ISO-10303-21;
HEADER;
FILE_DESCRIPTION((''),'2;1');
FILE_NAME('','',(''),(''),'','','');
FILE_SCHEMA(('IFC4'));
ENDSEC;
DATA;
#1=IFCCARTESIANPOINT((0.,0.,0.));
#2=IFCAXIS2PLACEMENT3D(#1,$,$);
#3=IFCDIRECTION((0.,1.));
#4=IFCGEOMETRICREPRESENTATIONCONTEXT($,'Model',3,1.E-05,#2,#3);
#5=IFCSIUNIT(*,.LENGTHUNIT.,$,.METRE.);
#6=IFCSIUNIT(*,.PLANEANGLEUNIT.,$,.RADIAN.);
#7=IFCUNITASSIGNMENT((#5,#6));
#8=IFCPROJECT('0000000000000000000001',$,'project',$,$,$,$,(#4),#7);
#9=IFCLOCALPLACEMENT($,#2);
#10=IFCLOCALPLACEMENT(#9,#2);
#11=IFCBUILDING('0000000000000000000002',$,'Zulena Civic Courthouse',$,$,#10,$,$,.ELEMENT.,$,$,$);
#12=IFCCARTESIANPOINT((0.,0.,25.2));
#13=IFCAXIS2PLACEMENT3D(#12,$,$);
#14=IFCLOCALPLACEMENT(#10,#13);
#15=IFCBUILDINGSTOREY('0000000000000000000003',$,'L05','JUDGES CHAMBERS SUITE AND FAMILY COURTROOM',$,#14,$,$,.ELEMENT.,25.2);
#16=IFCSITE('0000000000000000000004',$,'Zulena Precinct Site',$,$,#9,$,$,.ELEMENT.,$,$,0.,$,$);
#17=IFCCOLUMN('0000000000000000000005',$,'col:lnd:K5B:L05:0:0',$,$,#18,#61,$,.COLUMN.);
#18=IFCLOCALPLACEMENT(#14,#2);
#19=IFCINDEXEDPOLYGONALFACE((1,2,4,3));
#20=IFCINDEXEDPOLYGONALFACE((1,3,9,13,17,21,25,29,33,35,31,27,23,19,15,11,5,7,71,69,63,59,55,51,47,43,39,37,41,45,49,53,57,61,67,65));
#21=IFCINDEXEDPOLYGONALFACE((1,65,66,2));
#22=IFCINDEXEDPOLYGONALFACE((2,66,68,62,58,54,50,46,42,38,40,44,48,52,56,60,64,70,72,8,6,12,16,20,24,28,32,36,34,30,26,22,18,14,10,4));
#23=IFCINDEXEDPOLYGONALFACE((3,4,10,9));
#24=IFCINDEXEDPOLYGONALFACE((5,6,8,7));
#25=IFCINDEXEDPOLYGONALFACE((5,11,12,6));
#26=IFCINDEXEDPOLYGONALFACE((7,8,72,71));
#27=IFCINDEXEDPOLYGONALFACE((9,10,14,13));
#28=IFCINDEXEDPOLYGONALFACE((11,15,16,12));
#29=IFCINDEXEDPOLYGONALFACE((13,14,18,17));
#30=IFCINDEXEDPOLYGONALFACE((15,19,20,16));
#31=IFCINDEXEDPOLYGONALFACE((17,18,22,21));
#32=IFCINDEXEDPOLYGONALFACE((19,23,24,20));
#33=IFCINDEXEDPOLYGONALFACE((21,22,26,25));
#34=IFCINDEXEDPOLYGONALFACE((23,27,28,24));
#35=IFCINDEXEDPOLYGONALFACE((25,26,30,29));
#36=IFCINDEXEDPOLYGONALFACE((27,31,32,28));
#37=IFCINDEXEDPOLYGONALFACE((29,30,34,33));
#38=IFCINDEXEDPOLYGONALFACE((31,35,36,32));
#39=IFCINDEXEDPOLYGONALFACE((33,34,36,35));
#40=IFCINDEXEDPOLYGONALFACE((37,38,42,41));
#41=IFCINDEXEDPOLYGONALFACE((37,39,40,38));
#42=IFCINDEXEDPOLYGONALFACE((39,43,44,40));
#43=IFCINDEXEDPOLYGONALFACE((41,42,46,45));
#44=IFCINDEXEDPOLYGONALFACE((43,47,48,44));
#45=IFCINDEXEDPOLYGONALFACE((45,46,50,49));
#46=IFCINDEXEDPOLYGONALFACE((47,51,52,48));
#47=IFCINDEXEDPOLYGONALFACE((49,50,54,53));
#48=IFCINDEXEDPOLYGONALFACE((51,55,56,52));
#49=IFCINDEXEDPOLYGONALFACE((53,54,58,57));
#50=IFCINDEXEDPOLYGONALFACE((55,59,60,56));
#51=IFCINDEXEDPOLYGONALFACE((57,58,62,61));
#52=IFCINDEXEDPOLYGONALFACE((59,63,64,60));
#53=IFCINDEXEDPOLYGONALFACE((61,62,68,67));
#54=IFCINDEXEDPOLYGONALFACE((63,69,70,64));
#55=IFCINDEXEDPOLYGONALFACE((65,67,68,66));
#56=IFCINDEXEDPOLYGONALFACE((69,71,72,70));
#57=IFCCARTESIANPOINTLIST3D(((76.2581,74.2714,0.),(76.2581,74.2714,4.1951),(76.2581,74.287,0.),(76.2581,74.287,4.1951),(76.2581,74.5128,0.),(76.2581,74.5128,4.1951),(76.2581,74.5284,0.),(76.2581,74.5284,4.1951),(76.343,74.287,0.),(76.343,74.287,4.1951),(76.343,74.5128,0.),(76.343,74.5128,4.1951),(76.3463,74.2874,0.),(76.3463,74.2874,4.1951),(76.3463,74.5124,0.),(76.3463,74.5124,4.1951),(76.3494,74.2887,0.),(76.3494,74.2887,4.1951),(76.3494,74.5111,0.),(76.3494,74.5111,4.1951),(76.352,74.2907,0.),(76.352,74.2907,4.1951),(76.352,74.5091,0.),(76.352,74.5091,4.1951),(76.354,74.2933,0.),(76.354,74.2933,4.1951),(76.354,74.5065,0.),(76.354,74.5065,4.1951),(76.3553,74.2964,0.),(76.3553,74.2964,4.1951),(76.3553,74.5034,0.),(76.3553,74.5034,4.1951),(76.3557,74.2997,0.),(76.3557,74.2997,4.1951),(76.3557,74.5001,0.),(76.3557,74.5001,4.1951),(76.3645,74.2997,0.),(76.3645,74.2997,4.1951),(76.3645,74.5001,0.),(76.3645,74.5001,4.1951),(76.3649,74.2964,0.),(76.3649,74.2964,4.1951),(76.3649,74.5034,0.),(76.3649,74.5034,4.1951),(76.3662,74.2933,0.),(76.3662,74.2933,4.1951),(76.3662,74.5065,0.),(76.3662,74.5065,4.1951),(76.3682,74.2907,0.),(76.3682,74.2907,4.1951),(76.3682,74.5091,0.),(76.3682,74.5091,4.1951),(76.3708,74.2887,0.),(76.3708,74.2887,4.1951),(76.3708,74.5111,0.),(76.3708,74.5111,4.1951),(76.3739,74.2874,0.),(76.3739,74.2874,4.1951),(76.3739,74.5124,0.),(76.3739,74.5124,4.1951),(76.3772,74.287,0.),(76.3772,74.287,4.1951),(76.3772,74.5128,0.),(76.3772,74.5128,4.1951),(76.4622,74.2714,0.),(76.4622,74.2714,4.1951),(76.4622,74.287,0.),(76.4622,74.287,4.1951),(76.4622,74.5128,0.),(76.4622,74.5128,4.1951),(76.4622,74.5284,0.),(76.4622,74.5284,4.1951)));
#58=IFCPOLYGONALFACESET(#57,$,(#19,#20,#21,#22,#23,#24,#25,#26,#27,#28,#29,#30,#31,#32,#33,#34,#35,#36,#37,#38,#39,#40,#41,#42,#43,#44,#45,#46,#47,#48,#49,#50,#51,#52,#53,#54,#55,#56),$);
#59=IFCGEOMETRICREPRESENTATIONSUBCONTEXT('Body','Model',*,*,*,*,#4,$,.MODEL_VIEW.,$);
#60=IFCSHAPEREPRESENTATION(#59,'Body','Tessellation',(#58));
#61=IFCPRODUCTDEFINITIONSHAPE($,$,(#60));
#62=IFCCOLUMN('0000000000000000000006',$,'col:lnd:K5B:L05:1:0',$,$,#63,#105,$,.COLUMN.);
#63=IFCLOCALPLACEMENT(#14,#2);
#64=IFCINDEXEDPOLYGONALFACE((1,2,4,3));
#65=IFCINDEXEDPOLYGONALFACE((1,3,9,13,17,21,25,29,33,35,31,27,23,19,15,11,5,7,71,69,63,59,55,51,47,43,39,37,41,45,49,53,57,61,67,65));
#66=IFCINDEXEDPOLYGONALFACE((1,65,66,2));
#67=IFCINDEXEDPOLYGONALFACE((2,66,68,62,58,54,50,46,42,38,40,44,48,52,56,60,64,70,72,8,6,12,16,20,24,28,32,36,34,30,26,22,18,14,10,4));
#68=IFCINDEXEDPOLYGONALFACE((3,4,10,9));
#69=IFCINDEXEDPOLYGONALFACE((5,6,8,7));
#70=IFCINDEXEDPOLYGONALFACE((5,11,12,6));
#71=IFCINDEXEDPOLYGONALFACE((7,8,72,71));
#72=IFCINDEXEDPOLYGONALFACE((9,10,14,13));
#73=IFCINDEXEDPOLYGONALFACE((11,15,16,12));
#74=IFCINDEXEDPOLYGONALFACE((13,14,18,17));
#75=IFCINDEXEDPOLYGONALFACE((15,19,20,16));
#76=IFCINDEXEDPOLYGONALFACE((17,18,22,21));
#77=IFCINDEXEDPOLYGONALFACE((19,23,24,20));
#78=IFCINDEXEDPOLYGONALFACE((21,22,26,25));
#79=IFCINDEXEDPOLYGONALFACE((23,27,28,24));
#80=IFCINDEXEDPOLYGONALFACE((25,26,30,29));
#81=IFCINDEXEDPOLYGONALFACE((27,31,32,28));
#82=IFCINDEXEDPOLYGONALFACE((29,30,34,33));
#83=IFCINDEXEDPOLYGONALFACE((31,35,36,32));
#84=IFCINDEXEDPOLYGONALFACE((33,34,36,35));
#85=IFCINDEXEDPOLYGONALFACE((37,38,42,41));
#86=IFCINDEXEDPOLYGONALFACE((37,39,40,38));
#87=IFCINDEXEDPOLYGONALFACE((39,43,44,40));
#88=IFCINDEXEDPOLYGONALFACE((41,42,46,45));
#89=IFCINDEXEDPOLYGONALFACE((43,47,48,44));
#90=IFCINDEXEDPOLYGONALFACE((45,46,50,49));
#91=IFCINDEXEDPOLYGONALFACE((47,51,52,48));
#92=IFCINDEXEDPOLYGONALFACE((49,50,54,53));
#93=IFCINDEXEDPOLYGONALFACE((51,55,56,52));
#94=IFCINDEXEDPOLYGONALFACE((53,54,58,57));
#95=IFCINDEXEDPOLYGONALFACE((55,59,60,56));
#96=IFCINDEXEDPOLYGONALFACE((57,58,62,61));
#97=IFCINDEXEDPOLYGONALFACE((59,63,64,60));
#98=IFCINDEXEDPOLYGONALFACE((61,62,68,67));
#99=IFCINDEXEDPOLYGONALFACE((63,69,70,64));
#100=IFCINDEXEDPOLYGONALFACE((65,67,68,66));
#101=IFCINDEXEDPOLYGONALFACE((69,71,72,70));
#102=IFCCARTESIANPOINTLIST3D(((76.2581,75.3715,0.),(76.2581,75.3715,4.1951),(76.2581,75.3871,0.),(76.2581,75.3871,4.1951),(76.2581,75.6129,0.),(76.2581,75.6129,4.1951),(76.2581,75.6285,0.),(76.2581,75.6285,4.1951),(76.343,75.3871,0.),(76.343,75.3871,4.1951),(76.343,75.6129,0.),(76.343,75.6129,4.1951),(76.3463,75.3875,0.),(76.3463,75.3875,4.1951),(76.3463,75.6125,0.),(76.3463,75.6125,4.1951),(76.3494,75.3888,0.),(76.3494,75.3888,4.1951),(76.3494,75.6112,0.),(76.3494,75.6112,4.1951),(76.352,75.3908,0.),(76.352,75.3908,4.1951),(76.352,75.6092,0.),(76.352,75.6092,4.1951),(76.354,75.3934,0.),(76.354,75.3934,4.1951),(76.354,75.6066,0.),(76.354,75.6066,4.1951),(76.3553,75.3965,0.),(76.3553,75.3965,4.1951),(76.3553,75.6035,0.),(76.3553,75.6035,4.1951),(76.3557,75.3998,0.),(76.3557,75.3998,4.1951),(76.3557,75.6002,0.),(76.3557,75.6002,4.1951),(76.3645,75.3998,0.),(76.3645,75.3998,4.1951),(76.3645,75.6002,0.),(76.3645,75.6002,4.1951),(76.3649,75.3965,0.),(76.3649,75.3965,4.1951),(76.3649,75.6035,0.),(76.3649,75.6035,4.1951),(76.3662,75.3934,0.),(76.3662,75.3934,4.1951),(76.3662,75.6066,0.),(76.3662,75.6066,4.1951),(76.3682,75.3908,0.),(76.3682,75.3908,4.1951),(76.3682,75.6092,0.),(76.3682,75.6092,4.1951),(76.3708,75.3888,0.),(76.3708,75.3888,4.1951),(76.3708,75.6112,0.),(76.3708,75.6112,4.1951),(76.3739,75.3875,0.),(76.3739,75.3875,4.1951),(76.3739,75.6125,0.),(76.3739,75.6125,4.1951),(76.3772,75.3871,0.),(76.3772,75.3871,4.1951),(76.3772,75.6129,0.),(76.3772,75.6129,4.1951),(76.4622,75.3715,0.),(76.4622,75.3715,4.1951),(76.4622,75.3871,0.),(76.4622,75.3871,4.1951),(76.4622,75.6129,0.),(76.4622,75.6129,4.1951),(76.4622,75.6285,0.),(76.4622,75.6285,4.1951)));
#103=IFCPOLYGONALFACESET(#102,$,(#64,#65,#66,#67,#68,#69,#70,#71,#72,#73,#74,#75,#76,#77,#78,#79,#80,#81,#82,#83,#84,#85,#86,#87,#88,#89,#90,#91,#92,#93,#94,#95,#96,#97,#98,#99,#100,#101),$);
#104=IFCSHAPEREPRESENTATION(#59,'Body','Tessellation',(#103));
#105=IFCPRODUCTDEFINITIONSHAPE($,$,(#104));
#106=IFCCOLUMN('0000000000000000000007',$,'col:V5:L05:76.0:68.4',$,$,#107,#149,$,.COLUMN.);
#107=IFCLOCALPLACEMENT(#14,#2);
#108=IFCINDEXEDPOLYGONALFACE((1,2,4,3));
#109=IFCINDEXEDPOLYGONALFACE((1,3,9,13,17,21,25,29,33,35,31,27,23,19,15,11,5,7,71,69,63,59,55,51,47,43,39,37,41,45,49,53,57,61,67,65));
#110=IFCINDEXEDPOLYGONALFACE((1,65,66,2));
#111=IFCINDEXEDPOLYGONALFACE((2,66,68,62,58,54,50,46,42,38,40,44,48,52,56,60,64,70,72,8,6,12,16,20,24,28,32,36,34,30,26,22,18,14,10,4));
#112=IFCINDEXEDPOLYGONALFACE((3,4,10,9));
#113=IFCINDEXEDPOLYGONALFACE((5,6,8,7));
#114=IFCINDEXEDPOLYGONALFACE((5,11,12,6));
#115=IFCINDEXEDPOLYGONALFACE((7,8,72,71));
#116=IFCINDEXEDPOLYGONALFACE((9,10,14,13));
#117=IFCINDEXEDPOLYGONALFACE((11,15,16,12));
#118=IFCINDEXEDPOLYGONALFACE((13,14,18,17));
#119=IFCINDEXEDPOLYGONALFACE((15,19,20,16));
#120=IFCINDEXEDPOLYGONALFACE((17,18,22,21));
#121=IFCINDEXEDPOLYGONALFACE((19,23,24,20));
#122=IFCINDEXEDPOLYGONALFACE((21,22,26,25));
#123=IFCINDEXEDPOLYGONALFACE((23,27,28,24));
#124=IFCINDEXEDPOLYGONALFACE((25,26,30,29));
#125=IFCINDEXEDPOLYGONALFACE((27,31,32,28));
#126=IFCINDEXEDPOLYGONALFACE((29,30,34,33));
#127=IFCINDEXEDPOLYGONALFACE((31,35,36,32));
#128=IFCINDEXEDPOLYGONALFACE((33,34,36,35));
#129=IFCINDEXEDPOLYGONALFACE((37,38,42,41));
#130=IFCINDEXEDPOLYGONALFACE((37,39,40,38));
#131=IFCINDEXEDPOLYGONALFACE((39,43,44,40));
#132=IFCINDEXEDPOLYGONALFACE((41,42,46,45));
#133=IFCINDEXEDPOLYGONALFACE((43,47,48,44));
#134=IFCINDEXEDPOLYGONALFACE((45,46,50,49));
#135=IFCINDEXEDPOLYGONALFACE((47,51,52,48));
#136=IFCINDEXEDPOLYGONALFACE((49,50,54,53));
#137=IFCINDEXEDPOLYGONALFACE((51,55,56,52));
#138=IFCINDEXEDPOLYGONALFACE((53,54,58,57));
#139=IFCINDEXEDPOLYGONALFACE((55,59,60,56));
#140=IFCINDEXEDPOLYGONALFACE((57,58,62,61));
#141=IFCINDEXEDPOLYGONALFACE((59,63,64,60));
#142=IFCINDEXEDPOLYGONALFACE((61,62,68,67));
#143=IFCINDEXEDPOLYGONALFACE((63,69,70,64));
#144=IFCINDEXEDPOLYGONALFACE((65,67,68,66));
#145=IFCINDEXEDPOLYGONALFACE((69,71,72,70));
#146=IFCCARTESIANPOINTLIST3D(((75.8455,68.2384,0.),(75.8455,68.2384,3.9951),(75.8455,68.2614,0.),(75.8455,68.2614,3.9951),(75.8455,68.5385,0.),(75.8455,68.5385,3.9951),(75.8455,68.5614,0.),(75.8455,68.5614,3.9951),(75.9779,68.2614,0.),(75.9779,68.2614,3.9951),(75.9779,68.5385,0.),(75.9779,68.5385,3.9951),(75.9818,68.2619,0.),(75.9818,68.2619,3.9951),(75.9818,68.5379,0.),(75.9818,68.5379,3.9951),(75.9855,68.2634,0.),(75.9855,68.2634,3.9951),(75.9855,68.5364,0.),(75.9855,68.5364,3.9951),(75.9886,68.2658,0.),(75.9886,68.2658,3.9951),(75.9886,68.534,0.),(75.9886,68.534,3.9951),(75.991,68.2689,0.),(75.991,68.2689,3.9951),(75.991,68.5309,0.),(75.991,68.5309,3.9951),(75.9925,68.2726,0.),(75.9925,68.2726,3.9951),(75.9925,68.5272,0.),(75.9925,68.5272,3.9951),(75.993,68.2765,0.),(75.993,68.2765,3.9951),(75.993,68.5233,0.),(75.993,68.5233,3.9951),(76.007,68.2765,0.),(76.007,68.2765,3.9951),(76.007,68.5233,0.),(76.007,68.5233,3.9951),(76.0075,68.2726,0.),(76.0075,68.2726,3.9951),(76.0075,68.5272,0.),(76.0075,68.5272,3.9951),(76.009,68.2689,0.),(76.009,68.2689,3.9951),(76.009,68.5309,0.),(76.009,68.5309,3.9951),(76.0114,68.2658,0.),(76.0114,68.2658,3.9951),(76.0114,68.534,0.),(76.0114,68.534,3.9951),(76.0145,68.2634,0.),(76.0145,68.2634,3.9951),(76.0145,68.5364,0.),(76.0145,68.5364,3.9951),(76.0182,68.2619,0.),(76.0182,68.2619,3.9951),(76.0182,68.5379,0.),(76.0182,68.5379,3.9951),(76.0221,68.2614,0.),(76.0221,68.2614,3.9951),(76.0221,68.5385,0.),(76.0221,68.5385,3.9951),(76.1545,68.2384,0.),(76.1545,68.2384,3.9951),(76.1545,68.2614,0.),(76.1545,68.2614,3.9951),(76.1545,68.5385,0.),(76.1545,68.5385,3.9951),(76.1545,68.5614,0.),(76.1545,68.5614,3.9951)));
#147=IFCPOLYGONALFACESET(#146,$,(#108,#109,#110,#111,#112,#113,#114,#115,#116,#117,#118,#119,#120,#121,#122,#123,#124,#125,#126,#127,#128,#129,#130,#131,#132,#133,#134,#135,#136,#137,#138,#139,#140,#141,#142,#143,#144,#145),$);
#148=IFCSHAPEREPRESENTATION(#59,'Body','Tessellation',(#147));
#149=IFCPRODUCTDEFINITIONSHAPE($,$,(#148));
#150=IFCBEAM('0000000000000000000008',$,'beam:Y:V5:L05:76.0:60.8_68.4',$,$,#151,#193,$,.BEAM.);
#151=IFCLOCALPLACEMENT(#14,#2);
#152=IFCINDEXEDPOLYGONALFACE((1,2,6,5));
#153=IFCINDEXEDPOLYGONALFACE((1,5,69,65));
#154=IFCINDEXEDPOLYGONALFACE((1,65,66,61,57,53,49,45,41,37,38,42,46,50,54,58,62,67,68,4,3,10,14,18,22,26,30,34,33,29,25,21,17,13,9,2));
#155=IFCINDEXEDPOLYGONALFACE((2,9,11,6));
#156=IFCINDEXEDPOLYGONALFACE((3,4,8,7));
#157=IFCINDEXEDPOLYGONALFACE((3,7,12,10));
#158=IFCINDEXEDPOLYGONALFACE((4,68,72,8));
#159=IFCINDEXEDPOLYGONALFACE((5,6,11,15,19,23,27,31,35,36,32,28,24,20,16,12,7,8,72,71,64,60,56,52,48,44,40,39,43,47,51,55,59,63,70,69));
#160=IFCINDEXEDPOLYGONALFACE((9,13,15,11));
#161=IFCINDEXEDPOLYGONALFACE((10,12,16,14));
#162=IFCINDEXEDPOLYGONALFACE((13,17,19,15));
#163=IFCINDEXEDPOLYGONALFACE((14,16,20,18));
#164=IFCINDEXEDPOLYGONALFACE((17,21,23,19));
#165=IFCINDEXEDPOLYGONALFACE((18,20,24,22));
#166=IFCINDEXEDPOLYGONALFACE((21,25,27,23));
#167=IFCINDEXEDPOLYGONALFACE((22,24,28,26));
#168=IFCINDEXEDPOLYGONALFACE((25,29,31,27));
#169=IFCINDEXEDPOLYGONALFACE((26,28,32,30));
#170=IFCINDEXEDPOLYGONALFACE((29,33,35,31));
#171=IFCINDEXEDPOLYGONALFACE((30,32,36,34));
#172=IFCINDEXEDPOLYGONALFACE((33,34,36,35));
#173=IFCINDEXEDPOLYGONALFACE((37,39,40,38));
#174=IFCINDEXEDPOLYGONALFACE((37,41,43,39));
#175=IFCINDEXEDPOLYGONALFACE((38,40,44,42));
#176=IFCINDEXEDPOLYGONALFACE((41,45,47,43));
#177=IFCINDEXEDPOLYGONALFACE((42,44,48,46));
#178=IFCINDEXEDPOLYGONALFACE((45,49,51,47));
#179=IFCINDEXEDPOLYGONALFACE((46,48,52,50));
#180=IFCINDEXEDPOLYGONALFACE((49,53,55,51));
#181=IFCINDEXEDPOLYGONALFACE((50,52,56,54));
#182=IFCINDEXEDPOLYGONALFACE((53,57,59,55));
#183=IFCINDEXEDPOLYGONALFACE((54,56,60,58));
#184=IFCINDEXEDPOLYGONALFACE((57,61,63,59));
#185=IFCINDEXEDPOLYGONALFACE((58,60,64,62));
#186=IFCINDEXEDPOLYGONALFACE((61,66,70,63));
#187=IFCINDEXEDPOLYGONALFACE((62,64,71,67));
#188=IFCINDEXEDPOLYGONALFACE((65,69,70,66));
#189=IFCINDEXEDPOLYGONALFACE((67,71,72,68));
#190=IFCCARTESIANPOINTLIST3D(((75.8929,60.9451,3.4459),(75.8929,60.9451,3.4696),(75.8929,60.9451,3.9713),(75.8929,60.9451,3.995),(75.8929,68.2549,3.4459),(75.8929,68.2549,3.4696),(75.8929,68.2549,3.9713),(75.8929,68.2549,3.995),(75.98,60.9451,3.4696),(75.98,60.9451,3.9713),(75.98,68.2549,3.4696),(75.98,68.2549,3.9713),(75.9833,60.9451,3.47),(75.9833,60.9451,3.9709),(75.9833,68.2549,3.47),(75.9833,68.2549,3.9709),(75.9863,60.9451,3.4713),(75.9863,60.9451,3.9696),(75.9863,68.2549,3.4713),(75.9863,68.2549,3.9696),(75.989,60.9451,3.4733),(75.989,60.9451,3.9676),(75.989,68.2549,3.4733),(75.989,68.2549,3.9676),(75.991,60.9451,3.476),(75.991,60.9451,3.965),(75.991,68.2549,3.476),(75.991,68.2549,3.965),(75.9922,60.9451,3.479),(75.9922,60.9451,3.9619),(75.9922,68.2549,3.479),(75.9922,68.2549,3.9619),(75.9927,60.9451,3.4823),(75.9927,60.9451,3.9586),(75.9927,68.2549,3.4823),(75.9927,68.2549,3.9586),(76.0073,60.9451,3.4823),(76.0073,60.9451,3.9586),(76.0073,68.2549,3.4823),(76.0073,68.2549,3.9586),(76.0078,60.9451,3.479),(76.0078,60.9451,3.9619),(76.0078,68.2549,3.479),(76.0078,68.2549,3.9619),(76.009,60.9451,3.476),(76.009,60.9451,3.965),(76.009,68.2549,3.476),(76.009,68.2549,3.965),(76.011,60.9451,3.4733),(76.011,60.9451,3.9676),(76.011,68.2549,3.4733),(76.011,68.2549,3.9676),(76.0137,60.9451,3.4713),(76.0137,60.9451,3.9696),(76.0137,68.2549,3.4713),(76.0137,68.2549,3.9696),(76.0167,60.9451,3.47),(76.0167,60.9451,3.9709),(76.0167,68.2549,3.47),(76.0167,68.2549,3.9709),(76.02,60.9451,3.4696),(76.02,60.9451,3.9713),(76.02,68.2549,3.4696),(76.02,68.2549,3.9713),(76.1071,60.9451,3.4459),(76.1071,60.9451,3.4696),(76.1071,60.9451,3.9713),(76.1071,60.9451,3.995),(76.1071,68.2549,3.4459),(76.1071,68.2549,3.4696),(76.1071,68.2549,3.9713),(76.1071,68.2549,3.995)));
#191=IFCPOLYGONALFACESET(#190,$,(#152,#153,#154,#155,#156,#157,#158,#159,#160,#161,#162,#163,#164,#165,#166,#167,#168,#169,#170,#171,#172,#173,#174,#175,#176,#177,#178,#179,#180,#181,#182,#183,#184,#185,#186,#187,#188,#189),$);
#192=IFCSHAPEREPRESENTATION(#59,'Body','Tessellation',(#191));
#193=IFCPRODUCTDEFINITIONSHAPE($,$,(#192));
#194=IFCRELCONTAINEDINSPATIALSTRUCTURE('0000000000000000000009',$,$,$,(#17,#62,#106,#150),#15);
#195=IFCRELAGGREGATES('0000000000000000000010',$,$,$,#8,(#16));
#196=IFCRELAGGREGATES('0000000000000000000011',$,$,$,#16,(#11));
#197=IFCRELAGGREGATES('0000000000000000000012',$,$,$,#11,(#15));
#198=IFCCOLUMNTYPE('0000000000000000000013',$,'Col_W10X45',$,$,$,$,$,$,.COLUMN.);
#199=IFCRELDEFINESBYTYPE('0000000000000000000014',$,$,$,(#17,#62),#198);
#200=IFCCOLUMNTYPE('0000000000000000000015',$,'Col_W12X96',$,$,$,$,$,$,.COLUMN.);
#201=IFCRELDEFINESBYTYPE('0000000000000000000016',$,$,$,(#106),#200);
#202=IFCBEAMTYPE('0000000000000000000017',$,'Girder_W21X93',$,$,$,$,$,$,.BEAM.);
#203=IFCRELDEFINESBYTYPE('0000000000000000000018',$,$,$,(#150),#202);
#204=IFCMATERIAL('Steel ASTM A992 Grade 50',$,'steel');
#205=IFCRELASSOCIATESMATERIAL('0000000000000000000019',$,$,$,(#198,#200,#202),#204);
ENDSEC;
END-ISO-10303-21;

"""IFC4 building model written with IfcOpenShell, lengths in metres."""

from ifc_helpers import new_model, si_unit, direction, frame, origin, origin_2d, place, context, subcontext, project, spatial, i_section, extrude, material, material_profile, profile_set, type_object, element, save


model = new_model("IFC4")

# Units and contexts
model_context = context("Model", 3, precision=1e-05, world=origin(), true_north=direction((0.0, 1.0)))
body_context = subcontext(model_context, "Body", "Model", "MODEL_VIEW")
ifc_project = project(units=[si_unit("LENGTHUNIT", "METRE"), si_unit("PLANEANGLEUNIT", "RADIAN")], contexts=[model_context])

# Site, building, storey
site_placement = place(None, origin())
site = spatial("IfcSite", under=ifc_project, at=site_placement, Name="Zulena Precinct Site", CompositionType="ELEMENT", RefElevation=0.0)
building_placement = place(site_placement, origin())
building = spatial("IfcBuilding", under=site, at=building_placement, Name="Zulena Civic Courthouse", CompositionType="ELEMENT")
storey_placement = place(building_placement, frame((0.0, 0.0, 25.2)))
storey = spatial("IfcBuildingStorey", under=building, at=storey_placement, Name="L05", Description="JUDGES CHAMBERS SUITE AND FAMILY COURTROOM", CompositionType="ELEMENT", Elevation=25.2)

# Columns
ifc_material_1 = material(Name="Steel ASTM A992 Grade 50", Category="steel")
ifc_material_profile_1 = material_profile(ifc_material_1, i_section(OverallWidth=0.2041, OverallDepth=0.2571, WebThickness=0.0088, FlangeThickness=0.0156, FilletRadius=0.0127, at=origin_2d()), Name="W10X45")
ifc_profile_set_1 = profile_set([ifc_material_profile_1], Name="Steel ASTM A992 Grade 50")
column_type_1 = type_object("IfcColumnType", Name="Col_W10X45", PredefinedType="COLUMN", material=ifc_profile_set_1)
for number, where, z_axis, x_axis, name in (
    (1, (76.3601, 74.3999, 0.0), (0.0, 0.0, 1.0), (1.0, 0.0, 0.0), "col:lnd:K5B:L05:0:0"),
    (2, (76.3601, 75.5, 0.0), (0.0, 0.0, 1.0), (1.0, 0.0, 0.0), "col:lnd:K5B:L05:1:0"),
):
    element("IfcColumn", number, at=place(storey_placement, frame(where, z_axis=z_axis, x_axis=x_axis)), inside=storey, type_object=column_type_1, Name=name, PredefinedType="COLUMN", context=body_context, shape_type="SweptSolid", body=[
        extrude(i_section(OverallWidth=0.2041, OverallDepth=0.2571, WebThickness=0.0088, FlangeThickness=0.0156, FilletRadius=0.0127, at=origin_2d()), origin(), (0.0, 0.0, 1.0), 4.1951),
    ])
ifc_material_profile_2 = material_profile(ifc_material_1, i_section(OverallWidth=0.3091, OverallDepth=0.323, WebThickness=0.0139, FlangeThickness=0.0229, FilletRadius=0.0151, at=origin_2d()), Name="W12X96")
ifc_profile_set_2 = profile_set([ifc_material_profile_2], Name="Steel ASTM A992 Grade 50")
column_type_2 = type_object("IfcColumnType", Name="Col_W12X96", PredefinedType="COLUMN", material=ifc_profile_set_2)
column_placement = place(storey_placement, frame((76.0, 68.3999, 0.0), z_axis=(0.0, 0.0, 1.0), x_axis=(1.0, 0.0, 0.0)))
element("IfcColumn", 3, at=column_placement, inside=storey, type_object=column_type_2, Name="col:V5:L05:76.0:68.4", PredefinedType="COLUMN", context=body_context, shape_type="SweptSolid", body=[
    extrude(i_section(OverallWidth=0.3091, OverallDepth=0.323, WebThickness=0.0139, FlangeThickness=0.0229, FilletRadius=0.0151, at=origin_2d()), origin(), (0.0, 0.0, 1.0), 3.9951),
])

# Beam
ifc_material_profile_3 = material_profile(ifc_material_1, i_section(OverallWidth=0.2141, OverallDepth=0.5491, WebThickness=0.0146, FlangeThickness=0.0237, FilletRadius=0.0127, at=origin_2d()), Name="W21X93")
ifc_profile_set_3 = profile_set([ifc_material_profile_3], Name="Steel ASTM A992 Grade 50")
beam_type_1 = type_object("IfcBeamType", Name="Girder_W21X93", PredefinedType="BEAM", material=ifc_profile_set_3)
beam_1_placement = place(storey_placement, frame((76.0, 60.9451, 3.7205), z_axis=(0.0, 1.0, 0.0), x_axis=(-1.0, 0.0, 0.0)))
element("IfcBeam", 4, at=beam_1_placement, inside=storey, type_object=beam_type_1, Name="beam:Y:V5:L05:76.0:60.8_68.4", PredefinedType="BEAM", context=body_context, shape_type="SweptSolid", body=[
    extrude(i_section(OverallWidth=0.2141, OverallDepth=0.5491, WebThickness=0.0146, FlangeThickness=0.0237, FilletRadius=0.0127, at=origin_2d()), origin(), (0.0, 0.0, 1.0), 7.3098),
])

save(model, "model.ifc")
